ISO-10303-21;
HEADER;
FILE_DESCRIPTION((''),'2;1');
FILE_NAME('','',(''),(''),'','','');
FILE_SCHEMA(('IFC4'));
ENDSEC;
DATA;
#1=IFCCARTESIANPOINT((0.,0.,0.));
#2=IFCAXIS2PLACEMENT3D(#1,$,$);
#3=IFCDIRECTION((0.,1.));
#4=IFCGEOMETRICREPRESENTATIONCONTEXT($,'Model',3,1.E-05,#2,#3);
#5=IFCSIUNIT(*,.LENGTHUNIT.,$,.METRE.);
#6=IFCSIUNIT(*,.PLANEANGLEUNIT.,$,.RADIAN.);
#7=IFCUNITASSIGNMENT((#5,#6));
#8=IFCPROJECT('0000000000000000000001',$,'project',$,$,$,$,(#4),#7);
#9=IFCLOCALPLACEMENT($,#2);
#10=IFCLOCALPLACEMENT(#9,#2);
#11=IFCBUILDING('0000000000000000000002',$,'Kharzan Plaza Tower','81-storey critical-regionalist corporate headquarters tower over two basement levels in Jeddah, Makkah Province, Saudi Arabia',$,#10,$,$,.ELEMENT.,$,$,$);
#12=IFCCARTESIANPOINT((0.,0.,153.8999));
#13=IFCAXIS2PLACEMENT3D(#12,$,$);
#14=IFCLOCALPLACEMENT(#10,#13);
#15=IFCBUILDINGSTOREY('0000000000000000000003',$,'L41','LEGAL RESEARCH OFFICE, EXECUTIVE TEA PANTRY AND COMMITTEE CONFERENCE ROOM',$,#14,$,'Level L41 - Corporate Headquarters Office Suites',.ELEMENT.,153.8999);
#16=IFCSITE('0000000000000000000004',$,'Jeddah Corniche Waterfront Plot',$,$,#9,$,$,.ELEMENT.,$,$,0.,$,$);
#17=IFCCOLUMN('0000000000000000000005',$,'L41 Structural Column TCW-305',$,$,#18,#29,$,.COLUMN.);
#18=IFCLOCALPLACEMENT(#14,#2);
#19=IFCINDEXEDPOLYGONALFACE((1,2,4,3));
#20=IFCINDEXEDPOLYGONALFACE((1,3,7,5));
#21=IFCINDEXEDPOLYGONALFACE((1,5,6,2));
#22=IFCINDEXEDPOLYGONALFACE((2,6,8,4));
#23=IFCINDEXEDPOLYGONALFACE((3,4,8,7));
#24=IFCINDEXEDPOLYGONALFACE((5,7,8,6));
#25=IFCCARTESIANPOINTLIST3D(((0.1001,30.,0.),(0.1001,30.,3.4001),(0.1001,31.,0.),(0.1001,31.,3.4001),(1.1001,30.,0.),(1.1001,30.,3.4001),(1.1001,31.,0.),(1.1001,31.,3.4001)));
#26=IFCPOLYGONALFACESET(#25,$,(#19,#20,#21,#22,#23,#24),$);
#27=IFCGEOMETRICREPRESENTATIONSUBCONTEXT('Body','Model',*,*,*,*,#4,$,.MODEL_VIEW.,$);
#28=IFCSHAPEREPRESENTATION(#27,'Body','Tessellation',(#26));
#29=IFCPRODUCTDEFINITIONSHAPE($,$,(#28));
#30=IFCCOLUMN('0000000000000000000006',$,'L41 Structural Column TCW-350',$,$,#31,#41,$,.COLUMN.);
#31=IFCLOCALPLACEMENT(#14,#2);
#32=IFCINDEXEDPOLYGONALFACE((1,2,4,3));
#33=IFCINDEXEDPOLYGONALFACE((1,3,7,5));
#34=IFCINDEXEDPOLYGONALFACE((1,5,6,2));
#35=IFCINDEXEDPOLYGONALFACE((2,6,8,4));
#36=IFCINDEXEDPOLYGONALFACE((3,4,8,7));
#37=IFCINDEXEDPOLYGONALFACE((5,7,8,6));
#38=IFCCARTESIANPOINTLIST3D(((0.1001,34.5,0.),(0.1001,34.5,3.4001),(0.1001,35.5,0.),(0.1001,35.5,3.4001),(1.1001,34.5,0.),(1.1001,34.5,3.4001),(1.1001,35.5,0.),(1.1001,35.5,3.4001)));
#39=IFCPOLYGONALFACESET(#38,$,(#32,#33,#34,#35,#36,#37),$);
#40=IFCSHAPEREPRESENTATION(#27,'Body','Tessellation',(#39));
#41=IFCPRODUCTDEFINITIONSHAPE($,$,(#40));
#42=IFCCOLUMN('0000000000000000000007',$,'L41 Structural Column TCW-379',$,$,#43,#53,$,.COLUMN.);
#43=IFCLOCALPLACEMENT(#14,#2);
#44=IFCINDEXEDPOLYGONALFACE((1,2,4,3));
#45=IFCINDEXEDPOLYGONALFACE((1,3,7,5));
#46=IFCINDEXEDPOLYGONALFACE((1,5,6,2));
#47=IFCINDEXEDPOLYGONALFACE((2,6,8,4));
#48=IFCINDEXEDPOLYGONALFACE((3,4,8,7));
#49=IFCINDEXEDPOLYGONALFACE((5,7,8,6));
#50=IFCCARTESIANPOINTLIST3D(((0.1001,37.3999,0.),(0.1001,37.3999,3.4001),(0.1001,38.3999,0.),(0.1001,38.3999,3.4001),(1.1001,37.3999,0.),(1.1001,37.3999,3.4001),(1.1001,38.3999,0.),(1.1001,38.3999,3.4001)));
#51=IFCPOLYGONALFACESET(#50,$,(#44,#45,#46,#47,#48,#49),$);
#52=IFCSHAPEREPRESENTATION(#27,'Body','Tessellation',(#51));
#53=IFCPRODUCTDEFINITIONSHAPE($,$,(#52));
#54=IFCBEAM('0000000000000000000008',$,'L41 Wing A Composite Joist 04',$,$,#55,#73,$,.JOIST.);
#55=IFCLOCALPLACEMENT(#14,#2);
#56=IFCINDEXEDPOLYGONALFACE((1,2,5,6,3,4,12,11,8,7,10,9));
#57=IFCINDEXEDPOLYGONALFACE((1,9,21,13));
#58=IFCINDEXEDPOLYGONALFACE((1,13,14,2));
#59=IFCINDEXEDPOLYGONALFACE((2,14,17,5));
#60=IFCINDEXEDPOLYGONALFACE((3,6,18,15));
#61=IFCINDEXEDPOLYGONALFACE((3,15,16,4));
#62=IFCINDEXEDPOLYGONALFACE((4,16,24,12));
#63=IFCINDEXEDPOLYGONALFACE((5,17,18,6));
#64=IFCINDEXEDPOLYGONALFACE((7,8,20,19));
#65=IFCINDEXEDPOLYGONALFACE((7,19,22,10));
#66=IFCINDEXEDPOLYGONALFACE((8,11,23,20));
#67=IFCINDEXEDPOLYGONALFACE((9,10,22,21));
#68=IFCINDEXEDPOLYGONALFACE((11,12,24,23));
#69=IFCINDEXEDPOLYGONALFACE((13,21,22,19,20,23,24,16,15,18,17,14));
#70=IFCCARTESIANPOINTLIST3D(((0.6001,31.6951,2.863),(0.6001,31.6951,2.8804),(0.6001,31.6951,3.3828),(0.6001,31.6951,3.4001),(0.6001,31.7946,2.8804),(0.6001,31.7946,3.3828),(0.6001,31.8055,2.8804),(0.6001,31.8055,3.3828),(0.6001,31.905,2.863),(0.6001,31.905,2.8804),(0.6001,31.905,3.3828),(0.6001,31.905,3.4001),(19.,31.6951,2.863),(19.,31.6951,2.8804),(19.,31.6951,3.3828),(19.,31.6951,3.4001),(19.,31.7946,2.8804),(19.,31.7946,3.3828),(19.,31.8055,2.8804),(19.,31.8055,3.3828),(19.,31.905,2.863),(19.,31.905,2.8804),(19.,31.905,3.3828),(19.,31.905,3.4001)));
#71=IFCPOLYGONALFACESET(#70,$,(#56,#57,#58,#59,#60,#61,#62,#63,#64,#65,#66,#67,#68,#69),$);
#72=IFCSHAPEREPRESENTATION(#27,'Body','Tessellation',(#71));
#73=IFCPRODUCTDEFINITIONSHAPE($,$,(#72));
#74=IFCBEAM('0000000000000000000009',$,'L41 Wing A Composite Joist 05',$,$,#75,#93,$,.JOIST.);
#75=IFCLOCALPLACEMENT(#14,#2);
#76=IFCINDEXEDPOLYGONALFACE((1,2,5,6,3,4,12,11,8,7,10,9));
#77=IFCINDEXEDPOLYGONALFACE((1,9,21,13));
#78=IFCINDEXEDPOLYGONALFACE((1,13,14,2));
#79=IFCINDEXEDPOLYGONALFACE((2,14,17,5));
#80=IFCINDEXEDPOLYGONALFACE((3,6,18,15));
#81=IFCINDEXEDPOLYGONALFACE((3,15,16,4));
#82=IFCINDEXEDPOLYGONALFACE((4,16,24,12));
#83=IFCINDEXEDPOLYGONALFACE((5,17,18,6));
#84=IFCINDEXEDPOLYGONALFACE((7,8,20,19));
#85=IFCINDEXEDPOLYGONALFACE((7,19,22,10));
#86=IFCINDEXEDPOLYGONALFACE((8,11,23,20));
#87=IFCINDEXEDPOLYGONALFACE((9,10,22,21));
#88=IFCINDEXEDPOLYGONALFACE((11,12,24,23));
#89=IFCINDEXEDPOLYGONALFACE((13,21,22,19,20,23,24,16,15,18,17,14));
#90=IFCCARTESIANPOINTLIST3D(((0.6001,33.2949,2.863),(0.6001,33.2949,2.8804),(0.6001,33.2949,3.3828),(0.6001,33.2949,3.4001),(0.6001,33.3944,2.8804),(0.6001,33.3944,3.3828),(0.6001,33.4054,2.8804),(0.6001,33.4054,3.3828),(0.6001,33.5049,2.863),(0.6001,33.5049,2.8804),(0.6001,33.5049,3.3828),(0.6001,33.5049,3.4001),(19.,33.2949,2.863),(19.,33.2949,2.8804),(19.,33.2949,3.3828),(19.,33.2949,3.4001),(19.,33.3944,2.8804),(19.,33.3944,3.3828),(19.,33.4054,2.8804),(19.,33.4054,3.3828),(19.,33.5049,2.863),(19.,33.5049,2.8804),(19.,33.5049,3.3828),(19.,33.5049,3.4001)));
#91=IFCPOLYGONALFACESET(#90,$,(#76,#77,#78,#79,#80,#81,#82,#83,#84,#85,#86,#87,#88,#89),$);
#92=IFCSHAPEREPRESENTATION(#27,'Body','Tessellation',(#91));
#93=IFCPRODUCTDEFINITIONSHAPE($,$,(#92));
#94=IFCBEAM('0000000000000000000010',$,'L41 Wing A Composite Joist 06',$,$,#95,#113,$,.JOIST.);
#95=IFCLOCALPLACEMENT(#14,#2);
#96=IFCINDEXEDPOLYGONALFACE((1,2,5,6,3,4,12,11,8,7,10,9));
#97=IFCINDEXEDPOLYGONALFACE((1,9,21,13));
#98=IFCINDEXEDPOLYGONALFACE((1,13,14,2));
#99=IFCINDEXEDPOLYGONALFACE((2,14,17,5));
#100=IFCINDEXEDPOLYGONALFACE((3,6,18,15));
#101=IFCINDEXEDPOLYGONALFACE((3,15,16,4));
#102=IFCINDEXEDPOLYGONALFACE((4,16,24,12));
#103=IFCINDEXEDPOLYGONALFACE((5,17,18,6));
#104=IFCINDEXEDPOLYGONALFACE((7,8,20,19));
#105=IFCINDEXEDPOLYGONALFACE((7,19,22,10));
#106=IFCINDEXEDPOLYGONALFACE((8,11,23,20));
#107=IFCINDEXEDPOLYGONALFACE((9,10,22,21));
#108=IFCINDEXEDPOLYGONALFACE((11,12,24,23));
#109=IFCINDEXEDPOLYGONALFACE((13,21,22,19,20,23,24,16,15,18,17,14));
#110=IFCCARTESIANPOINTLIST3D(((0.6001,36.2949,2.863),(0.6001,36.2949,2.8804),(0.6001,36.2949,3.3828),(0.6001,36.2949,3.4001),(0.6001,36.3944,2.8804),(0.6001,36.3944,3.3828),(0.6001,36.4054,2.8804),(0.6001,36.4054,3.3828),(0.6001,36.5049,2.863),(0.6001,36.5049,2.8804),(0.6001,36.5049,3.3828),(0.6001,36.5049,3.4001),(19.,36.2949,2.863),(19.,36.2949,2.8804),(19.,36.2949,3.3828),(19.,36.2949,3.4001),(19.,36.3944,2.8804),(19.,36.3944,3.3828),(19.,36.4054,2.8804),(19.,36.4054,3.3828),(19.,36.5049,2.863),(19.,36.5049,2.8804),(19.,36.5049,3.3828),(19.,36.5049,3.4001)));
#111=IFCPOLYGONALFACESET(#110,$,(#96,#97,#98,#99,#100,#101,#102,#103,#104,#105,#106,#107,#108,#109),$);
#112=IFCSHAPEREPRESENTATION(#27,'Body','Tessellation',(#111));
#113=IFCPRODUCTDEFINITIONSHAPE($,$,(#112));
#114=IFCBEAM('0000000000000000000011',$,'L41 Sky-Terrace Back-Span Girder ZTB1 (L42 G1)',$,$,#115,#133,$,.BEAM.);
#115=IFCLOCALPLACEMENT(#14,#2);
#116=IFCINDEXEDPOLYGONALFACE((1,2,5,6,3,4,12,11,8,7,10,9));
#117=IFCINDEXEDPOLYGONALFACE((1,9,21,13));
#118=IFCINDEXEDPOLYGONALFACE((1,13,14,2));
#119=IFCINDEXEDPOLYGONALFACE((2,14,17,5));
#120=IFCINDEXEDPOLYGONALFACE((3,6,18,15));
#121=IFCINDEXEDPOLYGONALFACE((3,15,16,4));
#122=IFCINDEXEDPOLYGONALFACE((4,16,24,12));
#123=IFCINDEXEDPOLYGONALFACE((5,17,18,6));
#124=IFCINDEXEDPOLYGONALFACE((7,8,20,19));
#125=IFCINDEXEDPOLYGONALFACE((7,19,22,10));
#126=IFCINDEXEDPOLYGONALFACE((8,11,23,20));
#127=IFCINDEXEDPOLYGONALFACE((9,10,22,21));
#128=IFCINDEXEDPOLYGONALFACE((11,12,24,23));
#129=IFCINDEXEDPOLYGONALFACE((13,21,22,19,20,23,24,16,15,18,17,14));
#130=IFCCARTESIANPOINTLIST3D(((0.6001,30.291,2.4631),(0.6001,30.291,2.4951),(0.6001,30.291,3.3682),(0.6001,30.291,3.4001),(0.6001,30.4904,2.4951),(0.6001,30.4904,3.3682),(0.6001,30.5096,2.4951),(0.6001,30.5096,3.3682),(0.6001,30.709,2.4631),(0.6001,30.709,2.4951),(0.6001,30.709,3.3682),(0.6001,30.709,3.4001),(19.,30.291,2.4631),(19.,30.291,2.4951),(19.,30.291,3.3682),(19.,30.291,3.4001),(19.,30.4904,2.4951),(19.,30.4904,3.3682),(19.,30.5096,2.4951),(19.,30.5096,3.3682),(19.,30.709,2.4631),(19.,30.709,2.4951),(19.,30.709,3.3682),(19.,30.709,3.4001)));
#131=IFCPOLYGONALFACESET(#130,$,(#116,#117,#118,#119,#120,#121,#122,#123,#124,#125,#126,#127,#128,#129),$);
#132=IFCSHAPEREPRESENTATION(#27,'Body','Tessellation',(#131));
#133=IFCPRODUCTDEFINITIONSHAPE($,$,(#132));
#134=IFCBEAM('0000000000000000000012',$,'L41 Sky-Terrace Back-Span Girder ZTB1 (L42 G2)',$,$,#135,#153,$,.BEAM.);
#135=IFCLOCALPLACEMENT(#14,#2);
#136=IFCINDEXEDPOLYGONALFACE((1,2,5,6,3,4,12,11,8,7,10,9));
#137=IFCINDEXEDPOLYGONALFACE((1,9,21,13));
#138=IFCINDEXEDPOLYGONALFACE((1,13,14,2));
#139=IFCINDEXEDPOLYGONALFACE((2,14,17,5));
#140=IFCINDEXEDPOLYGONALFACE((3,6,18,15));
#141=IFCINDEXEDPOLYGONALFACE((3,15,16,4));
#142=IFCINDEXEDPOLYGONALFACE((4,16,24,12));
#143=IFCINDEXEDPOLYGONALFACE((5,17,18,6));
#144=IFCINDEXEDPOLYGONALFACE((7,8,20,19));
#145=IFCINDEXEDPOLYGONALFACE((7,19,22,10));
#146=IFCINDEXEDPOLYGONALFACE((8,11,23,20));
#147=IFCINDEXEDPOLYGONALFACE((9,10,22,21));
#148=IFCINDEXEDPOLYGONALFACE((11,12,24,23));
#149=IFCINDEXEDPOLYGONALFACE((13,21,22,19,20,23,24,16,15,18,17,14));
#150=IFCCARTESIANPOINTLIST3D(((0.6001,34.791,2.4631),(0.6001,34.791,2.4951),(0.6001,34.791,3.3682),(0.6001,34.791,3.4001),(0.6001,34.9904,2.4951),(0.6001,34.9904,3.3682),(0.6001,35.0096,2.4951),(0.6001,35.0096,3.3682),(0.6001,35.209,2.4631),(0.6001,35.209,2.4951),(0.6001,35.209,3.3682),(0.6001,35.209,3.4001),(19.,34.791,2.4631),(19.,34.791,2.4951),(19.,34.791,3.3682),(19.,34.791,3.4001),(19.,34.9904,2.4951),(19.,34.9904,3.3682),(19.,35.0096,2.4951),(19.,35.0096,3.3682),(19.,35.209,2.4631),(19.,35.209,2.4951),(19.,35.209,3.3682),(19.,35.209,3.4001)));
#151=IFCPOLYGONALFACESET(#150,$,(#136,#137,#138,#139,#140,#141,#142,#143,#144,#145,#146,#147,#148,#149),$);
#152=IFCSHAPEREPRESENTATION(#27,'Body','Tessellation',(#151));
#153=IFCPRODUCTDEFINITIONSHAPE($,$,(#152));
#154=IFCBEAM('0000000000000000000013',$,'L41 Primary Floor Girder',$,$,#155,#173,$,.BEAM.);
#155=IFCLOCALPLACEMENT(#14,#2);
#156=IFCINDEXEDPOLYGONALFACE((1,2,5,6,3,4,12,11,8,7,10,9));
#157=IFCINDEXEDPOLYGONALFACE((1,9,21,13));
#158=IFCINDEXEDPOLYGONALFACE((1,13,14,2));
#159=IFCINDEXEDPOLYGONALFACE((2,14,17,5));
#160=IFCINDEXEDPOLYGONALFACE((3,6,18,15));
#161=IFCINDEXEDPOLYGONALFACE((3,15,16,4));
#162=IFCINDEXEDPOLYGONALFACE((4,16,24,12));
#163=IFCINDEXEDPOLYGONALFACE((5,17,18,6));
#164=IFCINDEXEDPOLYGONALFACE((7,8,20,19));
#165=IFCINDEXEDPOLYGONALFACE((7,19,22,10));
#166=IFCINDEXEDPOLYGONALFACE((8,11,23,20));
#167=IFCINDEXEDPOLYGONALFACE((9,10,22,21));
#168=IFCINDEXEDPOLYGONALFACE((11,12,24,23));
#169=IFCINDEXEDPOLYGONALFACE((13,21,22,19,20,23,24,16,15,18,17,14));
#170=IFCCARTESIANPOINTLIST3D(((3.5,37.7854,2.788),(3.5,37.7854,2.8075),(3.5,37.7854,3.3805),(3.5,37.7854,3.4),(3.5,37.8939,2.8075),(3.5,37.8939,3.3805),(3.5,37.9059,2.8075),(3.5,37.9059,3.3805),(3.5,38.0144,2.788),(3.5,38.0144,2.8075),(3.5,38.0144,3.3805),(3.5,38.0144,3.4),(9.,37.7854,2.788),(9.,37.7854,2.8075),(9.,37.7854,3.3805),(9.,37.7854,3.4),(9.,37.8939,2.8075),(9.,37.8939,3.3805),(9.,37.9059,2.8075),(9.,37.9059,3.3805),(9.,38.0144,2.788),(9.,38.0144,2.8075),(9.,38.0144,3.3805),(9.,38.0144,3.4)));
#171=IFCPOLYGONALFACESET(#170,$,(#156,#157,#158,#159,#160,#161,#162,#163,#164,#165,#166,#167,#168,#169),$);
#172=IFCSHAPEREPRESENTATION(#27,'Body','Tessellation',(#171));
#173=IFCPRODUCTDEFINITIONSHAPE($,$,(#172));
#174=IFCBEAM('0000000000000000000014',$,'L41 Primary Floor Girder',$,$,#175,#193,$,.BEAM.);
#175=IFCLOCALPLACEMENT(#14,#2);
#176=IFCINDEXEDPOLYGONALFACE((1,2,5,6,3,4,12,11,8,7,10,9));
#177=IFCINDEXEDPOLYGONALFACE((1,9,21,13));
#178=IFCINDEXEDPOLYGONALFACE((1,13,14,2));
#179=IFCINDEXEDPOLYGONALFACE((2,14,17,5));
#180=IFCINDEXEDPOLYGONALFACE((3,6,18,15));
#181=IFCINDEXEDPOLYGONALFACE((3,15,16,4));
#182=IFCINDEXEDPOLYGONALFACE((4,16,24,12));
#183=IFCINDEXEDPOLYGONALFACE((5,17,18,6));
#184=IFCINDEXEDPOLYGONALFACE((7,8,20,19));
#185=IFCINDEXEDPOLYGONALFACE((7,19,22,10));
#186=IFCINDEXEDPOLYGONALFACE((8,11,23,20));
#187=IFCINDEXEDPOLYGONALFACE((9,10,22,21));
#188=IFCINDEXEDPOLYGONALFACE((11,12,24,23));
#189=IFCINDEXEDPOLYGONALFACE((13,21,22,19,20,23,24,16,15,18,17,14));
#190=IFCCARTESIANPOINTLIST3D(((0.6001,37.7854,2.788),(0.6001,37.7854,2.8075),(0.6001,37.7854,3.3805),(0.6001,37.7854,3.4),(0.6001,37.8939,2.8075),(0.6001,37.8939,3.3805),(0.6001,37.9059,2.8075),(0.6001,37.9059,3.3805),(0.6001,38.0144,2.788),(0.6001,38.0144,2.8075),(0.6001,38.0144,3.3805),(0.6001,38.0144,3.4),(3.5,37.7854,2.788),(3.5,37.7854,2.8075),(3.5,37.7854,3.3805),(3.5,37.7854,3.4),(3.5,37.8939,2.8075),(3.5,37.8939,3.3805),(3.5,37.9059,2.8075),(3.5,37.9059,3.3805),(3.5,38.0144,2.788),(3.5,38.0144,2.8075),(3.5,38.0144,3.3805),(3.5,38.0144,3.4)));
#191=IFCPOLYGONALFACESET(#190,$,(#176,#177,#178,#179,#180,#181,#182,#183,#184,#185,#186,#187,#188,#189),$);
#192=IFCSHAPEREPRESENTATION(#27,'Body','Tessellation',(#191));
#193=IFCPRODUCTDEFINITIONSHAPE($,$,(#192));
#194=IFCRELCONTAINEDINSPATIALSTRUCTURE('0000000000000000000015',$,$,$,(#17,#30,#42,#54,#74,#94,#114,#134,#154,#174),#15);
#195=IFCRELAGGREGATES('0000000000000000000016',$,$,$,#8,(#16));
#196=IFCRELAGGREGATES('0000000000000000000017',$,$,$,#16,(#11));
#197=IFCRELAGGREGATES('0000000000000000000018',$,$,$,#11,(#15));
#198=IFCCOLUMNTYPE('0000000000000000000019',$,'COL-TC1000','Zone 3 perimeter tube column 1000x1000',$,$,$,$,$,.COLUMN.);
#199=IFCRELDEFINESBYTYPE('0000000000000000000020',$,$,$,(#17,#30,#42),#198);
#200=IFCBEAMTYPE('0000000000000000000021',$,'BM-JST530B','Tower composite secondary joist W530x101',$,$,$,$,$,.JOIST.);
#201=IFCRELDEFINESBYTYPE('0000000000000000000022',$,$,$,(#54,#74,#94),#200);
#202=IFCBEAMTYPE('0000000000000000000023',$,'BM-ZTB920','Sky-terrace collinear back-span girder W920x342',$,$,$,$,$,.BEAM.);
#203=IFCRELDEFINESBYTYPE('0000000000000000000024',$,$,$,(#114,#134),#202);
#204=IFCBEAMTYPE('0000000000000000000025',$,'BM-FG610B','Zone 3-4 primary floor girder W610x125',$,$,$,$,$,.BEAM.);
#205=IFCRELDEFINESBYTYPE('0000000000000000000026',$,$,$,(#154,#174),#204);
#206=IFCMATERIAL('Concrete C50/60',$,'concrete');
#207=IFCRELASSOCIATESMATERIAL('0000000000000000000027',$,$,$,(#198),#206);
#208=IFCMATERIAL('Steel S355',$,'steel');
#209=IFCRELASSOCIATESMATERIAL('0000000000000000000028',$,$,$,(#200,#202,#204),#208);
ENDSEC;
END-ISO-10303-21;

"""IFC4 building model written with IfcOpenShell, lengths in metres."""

from ifc_helpers import new_model, si_unit, direction, frame, origin, origin_2d, place, context, subcontext, project, spatial, rectangle, i_section, extrude, source, transform, mapped, material, material_profile, profile_set, type_object, element, save


model = new_model("IFC4")

# Units and contexts
model_context = context("Model", 3, precision=1e-05, world=origin(), true_north=direction((0.0, 1.0)))
body_context = subcontext(model_context, "Body", "Model", "MODEL_VIEW")
ifc_project = project(units=[si_unit("LENGTHUNIT", "METRE"), si_unit("PLANEANGLEUNIT", "RADIAN")], contexts=[model_context])

# Site, building, storey
site_placement = place(None, origin())
site = spatial("IfcSite", under=ifc_project, at=site_placement, Name="Jeddah Corniche Waterfront Plot", CompositionType="ELEMENT", RefElevation=0.0)
building_placement = place(site_placement, origin())
building = spatial("IfcBuilding", under=site, at=building_placement, Name="Kharzan Plaza Tower", Description="81-storey critical-regionalist corporate headquarters tower over two basement levels in Jeddah, Makkah Province, Saudi Arabia", CompositionType="ELEMENT")
storey_placement = place(building_placement, frame((0.0, 0.0, 153.8999)))
storey = spatial("IfcBuildingStorey", under=building, at=storey_placement, Name="L41", Description="LEGAL RESEARCH OFFICE, EXECUTIVE TEA PANTRY AND COMMITTEE CONFERENCE ROOM", LongName="Level L41 - Corporate Headquarters Office Suites", CompositionType="ELEMENT", Elevation=153.8999)

# Columns
ifc_material_1 = material(Name="Concrete C50/60", Category="concrete")
ifc_material_profile_1 = material_profile(ifc_material_1, rectangle(XDim=1.0, YDim=1.0, at=origin_2d()), Name="RC-TC1000x1000")
ifc_profile_set_1 = profile_set([ifc_material_profile_1], Name="Concrete C50/60")
column_type = type_object("IfcColumnType", Name="COL-TC1000", Description="Zone 3 perimeter tube column 1000x1000", PredefinedType="COLUMN", material=ifc_profile_set_1)
shared_shape_1 = source(origin(), body_context, "Body", "SweptSolid", [
    extrude(rectangle(XDim=1.0, YDim=1.0, at=origin_2d()), origin(), (0.0, 0.0, 1.0), 3.4001),
])
for number, where, z_axis, x_axis, name in (
    (1, (0.6001, 30.5, 0.0), (0.0, 0.0, 1.0), (1.0, 0.0, 0.0), "L41 Structural Column TCW-305"),
    (2, (0.6001, 35.0, 0.0), (0.0, 0.0, 1.0), (1.0, 0.0, 0.0), "L41 Structural Column TCW-350"),
    (3, (0.6001, 37.8999, 0.0), (0.0, 0.0, 1.0), (1.0, 0.0, 0.0), "L41 Structural Column TCW-379"),
):
    element("IfcColumn", number, at=place(storey_placement, frame(where, z_axis=z_axis, x_axis=x_axis)), inside=storey, type_object=column_type, Name=name, PredefinedType="COLUMN", context=body_context, shape_type="MappedRepresentation", body=[
        mapped(shared_shape_1, transform((0.0, 0.0, 0.0), x_axis=(1.0, 0.0, 0.0), y_axis=(0.0, 1.0, 0.0), z_axis=(0.0, 0.0, 1.0))),
    ])

# Beams
ifc_material_2 = material(Name="Steel S355", Category="steel")
ifc_material_profile_2 = material_profile(ifc_material_2, i_section(OverallWidth=0.21, OverallDepth=0.5371, WebThickness=0.011, FlangeThickness=0.0173, at=origin_2d()), Name="W530x101")
ifc_profile_set_2 = profile_set([ifc_material_profile_2], Name="Steel S355")
beam_type_1 = type_object("IfcBeamType", Name="BM-JST530B", Description="Tower composite secondary joist W530x101", PredefinedType="JOIST", material=ifc_profile_set_2)
shared_shape_2 = source(origin(), body_context, "Body", "SweptSolid", [
    extrude(i_section(OverallWidth=0.21, OverallDepth=0.5371, WebThickness=0.011, FlangeThickness=0.0173, at=origin_2d()), origin(), (0.0, 0.0, 1.0), 18.3999),
])
for number, where, z_axis, x_axis, name in (
    (4, (0.6001, 31.8, 3.1316), (1.0, 0.0, 0.0), (0.0, 1.0, 0.0), "L41 Wing A Composite Joist 04"),
    (5, (0.6001, 33.3999, 3.1316), (1.0, 0.0, 0.0), (0.0, 1.0, 0.0), "L41 Wing A Composite Joist 05"),
    (6, (0.6001, 36.3999, 3.1316), (1.0, 0.0, 0.0), (0.0, 1.0, 0.0), "L41 Wing A Composite Joist 06"),
):
    element("IfcBeam", number, at=place(storey_placement, frame(where, z_axis=z_axis, x_axis=x_axis)), inside=storey, type_object=beam_type_1, Name=name, PredefinedType="JOIST", context=body_context, shape_type="MappedRepresentation", body=[
        mapped(shared_shape_2, transform((0.0, 0.0, 0.0), x_axis=(1.0, 0.0, 0.0), y_axis=(0.0, 1.0, 0.0), z_axis=(0.0, 0.0, 1.0))),
    ])
ifc_material_profile_3 = material_profile(ifc_material_2, i_section(OverallWidth=0.418, OverallDepth=0.937, WebThickness=0.0193, FlangeThickness=0.032, at=origin_2d()), Name="W920x342")
ifc_profile_set_3 = profile_set([ifc_material_profile_3], Name="Steel S355")
beam_type_2 = type_object("IfcBeamType", Name="BM-ZTB920", Description="Sky-terrace collinear back-span girder W920x342", PredefinedType="BEAM", material=ifc_profile_set_3)
shared_shape_3 = source(origin(), body_context, "Body", "SweptSolid", [
    extrude(i_section(OverallWidth=0.418, OverallDepth=0.937, WebThickness=0.0193, FlangeThickness=0.032, at=origin_2d()), origin(), (0.0, 0.0, 1.0), 18.3999),
])
for number, where, z_axis, x_axis, name in (
    (7, (0.6001, 30.5, 2.9316), (1.0, 0.0, 0.0), (0.0, 1.0, 0.0), "L41 Sky-Terrace Back-Span Girder ZTB1 (L42 G1)"),
    (8, (0.6001, 35.0, 2.9316), (1.0, 0.0, 0.0), (0.0, 1.0, 0.0), "L41 Sky-Terrace Back-Span Girder ZTB1 (L42 G2)"),
):
    element("IfcBeam", number, at=place(storey_placement, frame(where, z_axis=z_axis, x_axis=x_axis)), inside=storey, type_object=beam_type_2, Name=name, PredefinedType="BEAM", context=body_context, shape_type="MappedRepresentation", body=[
        mapped(shared_shape_3, transform((0.0, 0.0, 0.0), x_axis=(1.0, 0.0, 0.0), y_axis=(0.0, 1.0, 0.0), z_axis=(0.0, 0.0, 1.0))),
    ])
ifc_material_profile_4 = material_profile(ifc_material_2, i_section(OverallWidth=0.229, OverallDepth=0.6121, WebThickness=0.012, FlangeThickness=0.0195, at=origin_2d()), Name="W610x125")
ifc_profile_set_4 = profile_set([ifc_material_profile_4], Name="Steel S355")
beam_type_3 = type_object("IfcBeamType", Name="BM-FG610B", Description="Zone 3-4 primary floor girder W610x125", PredefinedType="BEAM", material=ifc_profile_set_4)
shared_shape_4 = source(origin(), body_context, "Body", "SweptSolid", [
    extrude(i_section(OverallWidth=0.229, OverallDepth=0.6121, WebThickness=0.012, FlangeThickness=0.0195, at=origin_2d()), origin(), (0.0, 0.0, 1.0), 5.5),
])
beam_1_placement = place(storey_placement, frame((3.5, 37.8999, 3.094), z_axis=(1.0, 0.0, 0.0), x_axis=(0.0, 1.0, 0.0)))
element("IfcBeam", 9, at=beam_1_placement, inside=storey, type_object=beam_type_3, Name="L41 Primary Floor Girder", PredefinedType="BEAM", context=body_context, shape_type="MappedRepresentation", body=[
    mapped(shared_shape_4, transform((0.0, 0.0, 0.0), x_axis=(1.0, 0.0, 0.0), y_axis=(0.0, 1.0, 0.0), z_axis=(0.0, 0.0, 1.0))),
])
shared_shape_5 = source(origin(), body_context, "Body", "SweptSolid", [
    extrude(i_section(OverallWidth=0.229, OverallDepth=0.6121, WebThickness=0.012, FlangeThickness=0.0195, at=origin_2d()), origin(), (0.0, 0.0, 1.0), 2.8999),
])
beam_2_placement = place(storey_placement, frame((0.6001, 37.8999, 3.094), z_axis=(1.0, 0.0, 0.0), x_axis=(0.0, 1.0, 0.0)))
element("IfcBeam", 10, at=beam_2_placement, inside=storey, type_object=beam_type_3, Name="L41 Primary Floor Girder", PredefinedType="BEAM", context=body_context, shape_type="MappedRepresentation", body=[
    mapped(shared_shape_5, transform((0.0, 0.0, 0.0), x_axis=(1.0, 0.0, 0.0), y_axis=(0.0, 1.0, 0.0), z_axis=(0.0, 0.0, 1.0))),
])

save(model, "model.ifc")
